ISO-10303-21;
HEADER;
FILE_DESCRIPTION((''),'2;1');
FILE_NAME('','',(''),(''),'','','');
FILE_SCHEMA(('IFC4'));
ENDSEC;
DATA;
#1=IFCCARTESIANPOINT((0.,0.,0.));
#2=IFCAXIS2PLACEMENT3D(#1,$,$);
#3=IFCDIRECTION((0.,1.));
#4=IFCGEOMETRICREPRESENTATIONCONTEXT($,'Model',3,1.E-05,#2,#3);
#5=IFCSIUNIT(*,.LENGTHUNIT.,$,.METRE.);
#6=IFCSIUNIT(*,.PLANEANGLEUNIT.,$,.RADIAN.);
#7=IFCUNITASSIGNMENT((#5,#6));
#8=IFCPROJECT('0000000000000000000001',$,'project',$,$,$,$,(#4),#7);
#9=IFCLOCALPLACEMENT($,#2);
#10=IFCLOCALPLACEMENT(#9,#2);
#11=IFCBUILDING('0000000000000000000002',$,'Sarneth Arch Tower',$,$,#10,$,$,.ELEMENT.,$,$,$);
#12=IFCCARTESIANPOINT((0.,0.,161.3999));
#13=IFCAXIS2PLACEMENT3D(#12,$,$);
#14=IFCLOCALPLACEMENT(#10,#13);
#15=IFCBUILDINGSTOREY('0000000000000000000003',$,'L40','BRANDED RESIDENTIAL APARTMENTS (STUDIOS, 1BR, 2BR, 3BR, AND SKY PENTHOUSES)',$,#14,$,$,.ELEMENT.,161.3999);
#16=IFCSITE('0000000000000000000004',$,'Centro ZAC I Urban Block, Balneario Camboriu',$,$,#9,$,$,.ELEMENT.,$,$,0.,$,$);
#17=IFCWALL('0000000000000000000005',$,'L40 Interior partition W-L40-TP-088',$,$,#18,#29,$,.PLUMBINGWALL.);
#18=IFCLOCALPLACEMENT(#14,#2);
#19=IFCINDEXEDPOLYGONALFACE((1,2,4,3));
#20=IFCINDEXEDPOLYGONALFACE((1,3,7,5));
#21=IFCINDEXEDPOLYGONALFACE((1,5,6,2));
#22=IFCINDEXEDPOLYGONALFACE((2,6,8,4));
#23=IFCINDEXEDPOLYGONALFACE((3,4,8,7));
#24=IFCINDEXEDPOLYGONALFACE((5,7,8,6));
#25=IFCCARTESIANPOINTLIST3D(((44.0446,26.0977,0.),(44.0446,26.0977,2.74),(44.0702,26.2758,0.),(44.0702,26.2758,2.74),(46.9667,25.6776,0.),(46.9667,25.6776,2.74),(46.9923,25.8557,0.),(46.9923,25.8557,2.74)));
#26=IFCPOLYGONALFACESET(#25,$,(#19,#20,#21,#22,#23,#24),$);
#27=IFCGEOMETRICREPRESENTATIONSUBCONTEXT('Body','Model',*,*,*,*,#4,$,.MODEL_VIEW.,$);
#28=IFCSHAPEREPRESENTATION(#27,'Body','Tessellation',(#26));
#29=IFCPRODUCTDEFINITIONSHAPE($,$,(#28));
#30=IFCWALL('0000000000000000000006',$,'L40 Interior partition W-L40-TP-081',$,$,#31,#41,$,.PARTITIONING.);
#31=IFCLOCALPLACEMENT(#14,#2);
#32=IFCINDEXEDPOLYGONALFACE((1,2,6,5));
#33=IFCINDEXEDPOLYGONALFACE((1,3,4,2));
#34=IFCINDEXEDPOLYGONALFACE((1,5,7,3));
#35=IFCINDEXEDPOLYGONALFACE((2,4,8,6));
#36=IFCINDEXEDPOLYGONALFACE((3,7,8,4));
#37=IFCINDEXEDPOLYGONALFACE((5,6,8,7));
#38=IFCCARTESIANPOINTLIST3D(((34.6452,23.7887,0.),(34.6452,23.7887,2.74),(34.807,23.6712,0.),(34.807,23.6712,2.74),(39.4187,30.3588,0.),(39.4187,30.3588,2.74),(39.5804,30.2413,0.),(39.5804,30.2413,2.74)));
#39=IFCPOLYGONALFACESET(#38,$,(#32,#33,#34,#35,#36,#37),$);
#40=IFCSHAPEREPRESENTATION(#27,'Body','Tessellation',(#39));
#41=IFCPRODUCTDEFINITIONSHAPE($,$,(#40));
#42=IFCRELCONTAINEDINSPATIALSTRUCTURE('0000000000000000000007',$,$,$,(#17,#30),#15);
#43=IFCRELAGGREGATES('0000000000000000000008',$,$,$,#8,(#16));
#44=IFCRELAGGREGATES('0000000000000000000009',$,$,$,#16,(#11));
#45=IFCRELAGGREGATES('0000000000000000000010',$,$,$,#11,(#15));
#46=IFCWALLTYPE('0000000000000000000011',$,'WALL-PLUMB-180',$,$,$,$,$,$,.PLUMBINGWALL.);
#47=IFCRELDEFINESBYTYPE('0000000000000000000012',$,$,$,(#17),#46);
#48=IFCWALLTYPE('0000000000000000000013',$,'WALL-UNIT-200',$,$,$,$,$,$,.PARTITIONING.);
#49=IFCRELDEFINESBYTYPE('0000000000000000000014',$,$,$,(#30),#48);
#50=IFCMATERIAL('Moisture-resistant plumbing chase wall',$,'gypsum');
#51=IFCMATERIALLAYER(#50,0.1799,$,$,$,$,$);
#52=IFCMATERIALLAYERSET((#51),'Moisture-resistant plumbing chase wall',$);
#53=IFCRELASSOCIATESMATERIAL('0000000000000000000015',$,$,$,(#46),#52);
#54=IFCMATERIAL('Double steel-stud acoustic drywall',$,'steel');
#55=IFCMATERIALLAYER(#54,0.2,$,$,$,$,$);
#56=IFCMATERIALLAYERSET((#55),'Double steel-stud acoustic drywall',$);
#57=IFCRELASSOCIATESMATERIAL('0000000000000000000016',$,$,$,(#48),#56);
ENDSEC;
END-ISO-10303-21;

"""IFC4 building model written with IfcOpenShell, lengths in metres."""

from ifc_helpers import new_model, si_unit, direction, frame, frame_2d, origin, place, context, subcontext, project, spatial, rectangle, extrude, material, layer, layer_set, type_object, element, save


model = new_model("IFC4")

# Units and contexts
model_context = context("Model", 3, precision=1e-05, world=origin(), true_north=direction((0.0, 1.0)))
body_context = subcontext(model_context, "Body", "Model", "MODEL_VIEW")
ifc_project = project(units=[si_unit("LENGTHUNIT", "METRE"), si_unit("PLANEANGLEUNIT", "RADIAN")], contexts=[model_context])

# Site, building, storey
site_placement = place(None, origin())
site = spatial("IfcSite", under=ifc_project, at=site_placement, Name="Centro ZAC I Urban Block, Balneario Camboriu", CompositionType="ELEMENT", RefElevation=0.0)
building_placement = place(site_placement, origin())
building = spatial("IfcBuilding", under=site, at=building_placement, Name="Sarneth Arch Tower", CompositionType="ELEMENT")
storey_placement = place(building_placement, frame((0.0, 0.0, 161.3999)))
storey = spatial("IfcBuildingStorey", under=building, at=storey_placement, Name="L40", Description="BRANDED RESIDENTIAL APARTMENTS (STUDIOS, 1BR, 2BR, 3BR, AND SKY PENTHOUSES)", CompositionType="ELEMENT", Elevation=161.3999)

# Walls
ifc_material_1 = material(Name="Moisture-resistant plumbing chase wall", Category="gypsum")
ifc_layer_1 = layer(ifc_material_1, 0.1799)
ifc_layer_set_1 = layer_set([ifc_layer_1], Name="Moisture-resistant plumbing chase wall")
wall_type_1 = type_object("IfcWallType", Name="WALL-PLUMB-180", PredefinedType="PLUMBINGWALL", material=ifc_layer_set_1)
wall_1_placement = place(storey_placement, frame((46.9795, 25.7666, 0.0), z_axis=(0.0, 0.0, 1.0), x_axis=(-0.98982, 0.142324, 0.0)))
element("IfcWall", 1, at=wall_1_placement, inside=storey, type_object=wall_type_1, Name="L40 Interior partition W-L40-TP-088", PredefinedType="PLUMBINGWALL", context=body_context, shape_type="SweptSolid", body=[
    extrude(rectangle(XDim=2.9521, YDim=0.1799, at=frame_2d((1.4761, 0.0))), origin(), (0.0, 0.0, 1.0), 2.74),
])
ifc_material_2 = material(Name="Double steel-stud acoustic drywall", Category="steel")
ifc_layer_2 = layer(ifc_material_2, 0.2)
ifc_layer_set_2 = layer_set([ifc_layer_2], Name="Double steel-stud acoustic drywall")
wall_type_2 = type_object("IfcWallType", Name="WALL-UNIT-200", PredefinedType="PARTITIONING", material=ifc_layer_set_2)
wall_2_placement = place(storey_placement, frame((34.7261, 23.73, 0.0), z_axis=(0.0, 0.0, 1.0), x_axis=(0.587786, 0.809017, 0.0)))
element("IfcWall", 2, at=wall_2_placement, inside=storey, type_object=wall_type_2, Name="L40 Interior partition W-L40-TP-081", PredefinedType="PARTITIONING", context=body_context, shape_type="SweptSolid", body=[
    extrude(rectangle(XDim=8.1211, YDim=0.2, at=frame_2d((4.0605, 0.0))), origin(), (0.0, 0.0, 1.0), 2.74),
])

save(model, "model.ifc")
